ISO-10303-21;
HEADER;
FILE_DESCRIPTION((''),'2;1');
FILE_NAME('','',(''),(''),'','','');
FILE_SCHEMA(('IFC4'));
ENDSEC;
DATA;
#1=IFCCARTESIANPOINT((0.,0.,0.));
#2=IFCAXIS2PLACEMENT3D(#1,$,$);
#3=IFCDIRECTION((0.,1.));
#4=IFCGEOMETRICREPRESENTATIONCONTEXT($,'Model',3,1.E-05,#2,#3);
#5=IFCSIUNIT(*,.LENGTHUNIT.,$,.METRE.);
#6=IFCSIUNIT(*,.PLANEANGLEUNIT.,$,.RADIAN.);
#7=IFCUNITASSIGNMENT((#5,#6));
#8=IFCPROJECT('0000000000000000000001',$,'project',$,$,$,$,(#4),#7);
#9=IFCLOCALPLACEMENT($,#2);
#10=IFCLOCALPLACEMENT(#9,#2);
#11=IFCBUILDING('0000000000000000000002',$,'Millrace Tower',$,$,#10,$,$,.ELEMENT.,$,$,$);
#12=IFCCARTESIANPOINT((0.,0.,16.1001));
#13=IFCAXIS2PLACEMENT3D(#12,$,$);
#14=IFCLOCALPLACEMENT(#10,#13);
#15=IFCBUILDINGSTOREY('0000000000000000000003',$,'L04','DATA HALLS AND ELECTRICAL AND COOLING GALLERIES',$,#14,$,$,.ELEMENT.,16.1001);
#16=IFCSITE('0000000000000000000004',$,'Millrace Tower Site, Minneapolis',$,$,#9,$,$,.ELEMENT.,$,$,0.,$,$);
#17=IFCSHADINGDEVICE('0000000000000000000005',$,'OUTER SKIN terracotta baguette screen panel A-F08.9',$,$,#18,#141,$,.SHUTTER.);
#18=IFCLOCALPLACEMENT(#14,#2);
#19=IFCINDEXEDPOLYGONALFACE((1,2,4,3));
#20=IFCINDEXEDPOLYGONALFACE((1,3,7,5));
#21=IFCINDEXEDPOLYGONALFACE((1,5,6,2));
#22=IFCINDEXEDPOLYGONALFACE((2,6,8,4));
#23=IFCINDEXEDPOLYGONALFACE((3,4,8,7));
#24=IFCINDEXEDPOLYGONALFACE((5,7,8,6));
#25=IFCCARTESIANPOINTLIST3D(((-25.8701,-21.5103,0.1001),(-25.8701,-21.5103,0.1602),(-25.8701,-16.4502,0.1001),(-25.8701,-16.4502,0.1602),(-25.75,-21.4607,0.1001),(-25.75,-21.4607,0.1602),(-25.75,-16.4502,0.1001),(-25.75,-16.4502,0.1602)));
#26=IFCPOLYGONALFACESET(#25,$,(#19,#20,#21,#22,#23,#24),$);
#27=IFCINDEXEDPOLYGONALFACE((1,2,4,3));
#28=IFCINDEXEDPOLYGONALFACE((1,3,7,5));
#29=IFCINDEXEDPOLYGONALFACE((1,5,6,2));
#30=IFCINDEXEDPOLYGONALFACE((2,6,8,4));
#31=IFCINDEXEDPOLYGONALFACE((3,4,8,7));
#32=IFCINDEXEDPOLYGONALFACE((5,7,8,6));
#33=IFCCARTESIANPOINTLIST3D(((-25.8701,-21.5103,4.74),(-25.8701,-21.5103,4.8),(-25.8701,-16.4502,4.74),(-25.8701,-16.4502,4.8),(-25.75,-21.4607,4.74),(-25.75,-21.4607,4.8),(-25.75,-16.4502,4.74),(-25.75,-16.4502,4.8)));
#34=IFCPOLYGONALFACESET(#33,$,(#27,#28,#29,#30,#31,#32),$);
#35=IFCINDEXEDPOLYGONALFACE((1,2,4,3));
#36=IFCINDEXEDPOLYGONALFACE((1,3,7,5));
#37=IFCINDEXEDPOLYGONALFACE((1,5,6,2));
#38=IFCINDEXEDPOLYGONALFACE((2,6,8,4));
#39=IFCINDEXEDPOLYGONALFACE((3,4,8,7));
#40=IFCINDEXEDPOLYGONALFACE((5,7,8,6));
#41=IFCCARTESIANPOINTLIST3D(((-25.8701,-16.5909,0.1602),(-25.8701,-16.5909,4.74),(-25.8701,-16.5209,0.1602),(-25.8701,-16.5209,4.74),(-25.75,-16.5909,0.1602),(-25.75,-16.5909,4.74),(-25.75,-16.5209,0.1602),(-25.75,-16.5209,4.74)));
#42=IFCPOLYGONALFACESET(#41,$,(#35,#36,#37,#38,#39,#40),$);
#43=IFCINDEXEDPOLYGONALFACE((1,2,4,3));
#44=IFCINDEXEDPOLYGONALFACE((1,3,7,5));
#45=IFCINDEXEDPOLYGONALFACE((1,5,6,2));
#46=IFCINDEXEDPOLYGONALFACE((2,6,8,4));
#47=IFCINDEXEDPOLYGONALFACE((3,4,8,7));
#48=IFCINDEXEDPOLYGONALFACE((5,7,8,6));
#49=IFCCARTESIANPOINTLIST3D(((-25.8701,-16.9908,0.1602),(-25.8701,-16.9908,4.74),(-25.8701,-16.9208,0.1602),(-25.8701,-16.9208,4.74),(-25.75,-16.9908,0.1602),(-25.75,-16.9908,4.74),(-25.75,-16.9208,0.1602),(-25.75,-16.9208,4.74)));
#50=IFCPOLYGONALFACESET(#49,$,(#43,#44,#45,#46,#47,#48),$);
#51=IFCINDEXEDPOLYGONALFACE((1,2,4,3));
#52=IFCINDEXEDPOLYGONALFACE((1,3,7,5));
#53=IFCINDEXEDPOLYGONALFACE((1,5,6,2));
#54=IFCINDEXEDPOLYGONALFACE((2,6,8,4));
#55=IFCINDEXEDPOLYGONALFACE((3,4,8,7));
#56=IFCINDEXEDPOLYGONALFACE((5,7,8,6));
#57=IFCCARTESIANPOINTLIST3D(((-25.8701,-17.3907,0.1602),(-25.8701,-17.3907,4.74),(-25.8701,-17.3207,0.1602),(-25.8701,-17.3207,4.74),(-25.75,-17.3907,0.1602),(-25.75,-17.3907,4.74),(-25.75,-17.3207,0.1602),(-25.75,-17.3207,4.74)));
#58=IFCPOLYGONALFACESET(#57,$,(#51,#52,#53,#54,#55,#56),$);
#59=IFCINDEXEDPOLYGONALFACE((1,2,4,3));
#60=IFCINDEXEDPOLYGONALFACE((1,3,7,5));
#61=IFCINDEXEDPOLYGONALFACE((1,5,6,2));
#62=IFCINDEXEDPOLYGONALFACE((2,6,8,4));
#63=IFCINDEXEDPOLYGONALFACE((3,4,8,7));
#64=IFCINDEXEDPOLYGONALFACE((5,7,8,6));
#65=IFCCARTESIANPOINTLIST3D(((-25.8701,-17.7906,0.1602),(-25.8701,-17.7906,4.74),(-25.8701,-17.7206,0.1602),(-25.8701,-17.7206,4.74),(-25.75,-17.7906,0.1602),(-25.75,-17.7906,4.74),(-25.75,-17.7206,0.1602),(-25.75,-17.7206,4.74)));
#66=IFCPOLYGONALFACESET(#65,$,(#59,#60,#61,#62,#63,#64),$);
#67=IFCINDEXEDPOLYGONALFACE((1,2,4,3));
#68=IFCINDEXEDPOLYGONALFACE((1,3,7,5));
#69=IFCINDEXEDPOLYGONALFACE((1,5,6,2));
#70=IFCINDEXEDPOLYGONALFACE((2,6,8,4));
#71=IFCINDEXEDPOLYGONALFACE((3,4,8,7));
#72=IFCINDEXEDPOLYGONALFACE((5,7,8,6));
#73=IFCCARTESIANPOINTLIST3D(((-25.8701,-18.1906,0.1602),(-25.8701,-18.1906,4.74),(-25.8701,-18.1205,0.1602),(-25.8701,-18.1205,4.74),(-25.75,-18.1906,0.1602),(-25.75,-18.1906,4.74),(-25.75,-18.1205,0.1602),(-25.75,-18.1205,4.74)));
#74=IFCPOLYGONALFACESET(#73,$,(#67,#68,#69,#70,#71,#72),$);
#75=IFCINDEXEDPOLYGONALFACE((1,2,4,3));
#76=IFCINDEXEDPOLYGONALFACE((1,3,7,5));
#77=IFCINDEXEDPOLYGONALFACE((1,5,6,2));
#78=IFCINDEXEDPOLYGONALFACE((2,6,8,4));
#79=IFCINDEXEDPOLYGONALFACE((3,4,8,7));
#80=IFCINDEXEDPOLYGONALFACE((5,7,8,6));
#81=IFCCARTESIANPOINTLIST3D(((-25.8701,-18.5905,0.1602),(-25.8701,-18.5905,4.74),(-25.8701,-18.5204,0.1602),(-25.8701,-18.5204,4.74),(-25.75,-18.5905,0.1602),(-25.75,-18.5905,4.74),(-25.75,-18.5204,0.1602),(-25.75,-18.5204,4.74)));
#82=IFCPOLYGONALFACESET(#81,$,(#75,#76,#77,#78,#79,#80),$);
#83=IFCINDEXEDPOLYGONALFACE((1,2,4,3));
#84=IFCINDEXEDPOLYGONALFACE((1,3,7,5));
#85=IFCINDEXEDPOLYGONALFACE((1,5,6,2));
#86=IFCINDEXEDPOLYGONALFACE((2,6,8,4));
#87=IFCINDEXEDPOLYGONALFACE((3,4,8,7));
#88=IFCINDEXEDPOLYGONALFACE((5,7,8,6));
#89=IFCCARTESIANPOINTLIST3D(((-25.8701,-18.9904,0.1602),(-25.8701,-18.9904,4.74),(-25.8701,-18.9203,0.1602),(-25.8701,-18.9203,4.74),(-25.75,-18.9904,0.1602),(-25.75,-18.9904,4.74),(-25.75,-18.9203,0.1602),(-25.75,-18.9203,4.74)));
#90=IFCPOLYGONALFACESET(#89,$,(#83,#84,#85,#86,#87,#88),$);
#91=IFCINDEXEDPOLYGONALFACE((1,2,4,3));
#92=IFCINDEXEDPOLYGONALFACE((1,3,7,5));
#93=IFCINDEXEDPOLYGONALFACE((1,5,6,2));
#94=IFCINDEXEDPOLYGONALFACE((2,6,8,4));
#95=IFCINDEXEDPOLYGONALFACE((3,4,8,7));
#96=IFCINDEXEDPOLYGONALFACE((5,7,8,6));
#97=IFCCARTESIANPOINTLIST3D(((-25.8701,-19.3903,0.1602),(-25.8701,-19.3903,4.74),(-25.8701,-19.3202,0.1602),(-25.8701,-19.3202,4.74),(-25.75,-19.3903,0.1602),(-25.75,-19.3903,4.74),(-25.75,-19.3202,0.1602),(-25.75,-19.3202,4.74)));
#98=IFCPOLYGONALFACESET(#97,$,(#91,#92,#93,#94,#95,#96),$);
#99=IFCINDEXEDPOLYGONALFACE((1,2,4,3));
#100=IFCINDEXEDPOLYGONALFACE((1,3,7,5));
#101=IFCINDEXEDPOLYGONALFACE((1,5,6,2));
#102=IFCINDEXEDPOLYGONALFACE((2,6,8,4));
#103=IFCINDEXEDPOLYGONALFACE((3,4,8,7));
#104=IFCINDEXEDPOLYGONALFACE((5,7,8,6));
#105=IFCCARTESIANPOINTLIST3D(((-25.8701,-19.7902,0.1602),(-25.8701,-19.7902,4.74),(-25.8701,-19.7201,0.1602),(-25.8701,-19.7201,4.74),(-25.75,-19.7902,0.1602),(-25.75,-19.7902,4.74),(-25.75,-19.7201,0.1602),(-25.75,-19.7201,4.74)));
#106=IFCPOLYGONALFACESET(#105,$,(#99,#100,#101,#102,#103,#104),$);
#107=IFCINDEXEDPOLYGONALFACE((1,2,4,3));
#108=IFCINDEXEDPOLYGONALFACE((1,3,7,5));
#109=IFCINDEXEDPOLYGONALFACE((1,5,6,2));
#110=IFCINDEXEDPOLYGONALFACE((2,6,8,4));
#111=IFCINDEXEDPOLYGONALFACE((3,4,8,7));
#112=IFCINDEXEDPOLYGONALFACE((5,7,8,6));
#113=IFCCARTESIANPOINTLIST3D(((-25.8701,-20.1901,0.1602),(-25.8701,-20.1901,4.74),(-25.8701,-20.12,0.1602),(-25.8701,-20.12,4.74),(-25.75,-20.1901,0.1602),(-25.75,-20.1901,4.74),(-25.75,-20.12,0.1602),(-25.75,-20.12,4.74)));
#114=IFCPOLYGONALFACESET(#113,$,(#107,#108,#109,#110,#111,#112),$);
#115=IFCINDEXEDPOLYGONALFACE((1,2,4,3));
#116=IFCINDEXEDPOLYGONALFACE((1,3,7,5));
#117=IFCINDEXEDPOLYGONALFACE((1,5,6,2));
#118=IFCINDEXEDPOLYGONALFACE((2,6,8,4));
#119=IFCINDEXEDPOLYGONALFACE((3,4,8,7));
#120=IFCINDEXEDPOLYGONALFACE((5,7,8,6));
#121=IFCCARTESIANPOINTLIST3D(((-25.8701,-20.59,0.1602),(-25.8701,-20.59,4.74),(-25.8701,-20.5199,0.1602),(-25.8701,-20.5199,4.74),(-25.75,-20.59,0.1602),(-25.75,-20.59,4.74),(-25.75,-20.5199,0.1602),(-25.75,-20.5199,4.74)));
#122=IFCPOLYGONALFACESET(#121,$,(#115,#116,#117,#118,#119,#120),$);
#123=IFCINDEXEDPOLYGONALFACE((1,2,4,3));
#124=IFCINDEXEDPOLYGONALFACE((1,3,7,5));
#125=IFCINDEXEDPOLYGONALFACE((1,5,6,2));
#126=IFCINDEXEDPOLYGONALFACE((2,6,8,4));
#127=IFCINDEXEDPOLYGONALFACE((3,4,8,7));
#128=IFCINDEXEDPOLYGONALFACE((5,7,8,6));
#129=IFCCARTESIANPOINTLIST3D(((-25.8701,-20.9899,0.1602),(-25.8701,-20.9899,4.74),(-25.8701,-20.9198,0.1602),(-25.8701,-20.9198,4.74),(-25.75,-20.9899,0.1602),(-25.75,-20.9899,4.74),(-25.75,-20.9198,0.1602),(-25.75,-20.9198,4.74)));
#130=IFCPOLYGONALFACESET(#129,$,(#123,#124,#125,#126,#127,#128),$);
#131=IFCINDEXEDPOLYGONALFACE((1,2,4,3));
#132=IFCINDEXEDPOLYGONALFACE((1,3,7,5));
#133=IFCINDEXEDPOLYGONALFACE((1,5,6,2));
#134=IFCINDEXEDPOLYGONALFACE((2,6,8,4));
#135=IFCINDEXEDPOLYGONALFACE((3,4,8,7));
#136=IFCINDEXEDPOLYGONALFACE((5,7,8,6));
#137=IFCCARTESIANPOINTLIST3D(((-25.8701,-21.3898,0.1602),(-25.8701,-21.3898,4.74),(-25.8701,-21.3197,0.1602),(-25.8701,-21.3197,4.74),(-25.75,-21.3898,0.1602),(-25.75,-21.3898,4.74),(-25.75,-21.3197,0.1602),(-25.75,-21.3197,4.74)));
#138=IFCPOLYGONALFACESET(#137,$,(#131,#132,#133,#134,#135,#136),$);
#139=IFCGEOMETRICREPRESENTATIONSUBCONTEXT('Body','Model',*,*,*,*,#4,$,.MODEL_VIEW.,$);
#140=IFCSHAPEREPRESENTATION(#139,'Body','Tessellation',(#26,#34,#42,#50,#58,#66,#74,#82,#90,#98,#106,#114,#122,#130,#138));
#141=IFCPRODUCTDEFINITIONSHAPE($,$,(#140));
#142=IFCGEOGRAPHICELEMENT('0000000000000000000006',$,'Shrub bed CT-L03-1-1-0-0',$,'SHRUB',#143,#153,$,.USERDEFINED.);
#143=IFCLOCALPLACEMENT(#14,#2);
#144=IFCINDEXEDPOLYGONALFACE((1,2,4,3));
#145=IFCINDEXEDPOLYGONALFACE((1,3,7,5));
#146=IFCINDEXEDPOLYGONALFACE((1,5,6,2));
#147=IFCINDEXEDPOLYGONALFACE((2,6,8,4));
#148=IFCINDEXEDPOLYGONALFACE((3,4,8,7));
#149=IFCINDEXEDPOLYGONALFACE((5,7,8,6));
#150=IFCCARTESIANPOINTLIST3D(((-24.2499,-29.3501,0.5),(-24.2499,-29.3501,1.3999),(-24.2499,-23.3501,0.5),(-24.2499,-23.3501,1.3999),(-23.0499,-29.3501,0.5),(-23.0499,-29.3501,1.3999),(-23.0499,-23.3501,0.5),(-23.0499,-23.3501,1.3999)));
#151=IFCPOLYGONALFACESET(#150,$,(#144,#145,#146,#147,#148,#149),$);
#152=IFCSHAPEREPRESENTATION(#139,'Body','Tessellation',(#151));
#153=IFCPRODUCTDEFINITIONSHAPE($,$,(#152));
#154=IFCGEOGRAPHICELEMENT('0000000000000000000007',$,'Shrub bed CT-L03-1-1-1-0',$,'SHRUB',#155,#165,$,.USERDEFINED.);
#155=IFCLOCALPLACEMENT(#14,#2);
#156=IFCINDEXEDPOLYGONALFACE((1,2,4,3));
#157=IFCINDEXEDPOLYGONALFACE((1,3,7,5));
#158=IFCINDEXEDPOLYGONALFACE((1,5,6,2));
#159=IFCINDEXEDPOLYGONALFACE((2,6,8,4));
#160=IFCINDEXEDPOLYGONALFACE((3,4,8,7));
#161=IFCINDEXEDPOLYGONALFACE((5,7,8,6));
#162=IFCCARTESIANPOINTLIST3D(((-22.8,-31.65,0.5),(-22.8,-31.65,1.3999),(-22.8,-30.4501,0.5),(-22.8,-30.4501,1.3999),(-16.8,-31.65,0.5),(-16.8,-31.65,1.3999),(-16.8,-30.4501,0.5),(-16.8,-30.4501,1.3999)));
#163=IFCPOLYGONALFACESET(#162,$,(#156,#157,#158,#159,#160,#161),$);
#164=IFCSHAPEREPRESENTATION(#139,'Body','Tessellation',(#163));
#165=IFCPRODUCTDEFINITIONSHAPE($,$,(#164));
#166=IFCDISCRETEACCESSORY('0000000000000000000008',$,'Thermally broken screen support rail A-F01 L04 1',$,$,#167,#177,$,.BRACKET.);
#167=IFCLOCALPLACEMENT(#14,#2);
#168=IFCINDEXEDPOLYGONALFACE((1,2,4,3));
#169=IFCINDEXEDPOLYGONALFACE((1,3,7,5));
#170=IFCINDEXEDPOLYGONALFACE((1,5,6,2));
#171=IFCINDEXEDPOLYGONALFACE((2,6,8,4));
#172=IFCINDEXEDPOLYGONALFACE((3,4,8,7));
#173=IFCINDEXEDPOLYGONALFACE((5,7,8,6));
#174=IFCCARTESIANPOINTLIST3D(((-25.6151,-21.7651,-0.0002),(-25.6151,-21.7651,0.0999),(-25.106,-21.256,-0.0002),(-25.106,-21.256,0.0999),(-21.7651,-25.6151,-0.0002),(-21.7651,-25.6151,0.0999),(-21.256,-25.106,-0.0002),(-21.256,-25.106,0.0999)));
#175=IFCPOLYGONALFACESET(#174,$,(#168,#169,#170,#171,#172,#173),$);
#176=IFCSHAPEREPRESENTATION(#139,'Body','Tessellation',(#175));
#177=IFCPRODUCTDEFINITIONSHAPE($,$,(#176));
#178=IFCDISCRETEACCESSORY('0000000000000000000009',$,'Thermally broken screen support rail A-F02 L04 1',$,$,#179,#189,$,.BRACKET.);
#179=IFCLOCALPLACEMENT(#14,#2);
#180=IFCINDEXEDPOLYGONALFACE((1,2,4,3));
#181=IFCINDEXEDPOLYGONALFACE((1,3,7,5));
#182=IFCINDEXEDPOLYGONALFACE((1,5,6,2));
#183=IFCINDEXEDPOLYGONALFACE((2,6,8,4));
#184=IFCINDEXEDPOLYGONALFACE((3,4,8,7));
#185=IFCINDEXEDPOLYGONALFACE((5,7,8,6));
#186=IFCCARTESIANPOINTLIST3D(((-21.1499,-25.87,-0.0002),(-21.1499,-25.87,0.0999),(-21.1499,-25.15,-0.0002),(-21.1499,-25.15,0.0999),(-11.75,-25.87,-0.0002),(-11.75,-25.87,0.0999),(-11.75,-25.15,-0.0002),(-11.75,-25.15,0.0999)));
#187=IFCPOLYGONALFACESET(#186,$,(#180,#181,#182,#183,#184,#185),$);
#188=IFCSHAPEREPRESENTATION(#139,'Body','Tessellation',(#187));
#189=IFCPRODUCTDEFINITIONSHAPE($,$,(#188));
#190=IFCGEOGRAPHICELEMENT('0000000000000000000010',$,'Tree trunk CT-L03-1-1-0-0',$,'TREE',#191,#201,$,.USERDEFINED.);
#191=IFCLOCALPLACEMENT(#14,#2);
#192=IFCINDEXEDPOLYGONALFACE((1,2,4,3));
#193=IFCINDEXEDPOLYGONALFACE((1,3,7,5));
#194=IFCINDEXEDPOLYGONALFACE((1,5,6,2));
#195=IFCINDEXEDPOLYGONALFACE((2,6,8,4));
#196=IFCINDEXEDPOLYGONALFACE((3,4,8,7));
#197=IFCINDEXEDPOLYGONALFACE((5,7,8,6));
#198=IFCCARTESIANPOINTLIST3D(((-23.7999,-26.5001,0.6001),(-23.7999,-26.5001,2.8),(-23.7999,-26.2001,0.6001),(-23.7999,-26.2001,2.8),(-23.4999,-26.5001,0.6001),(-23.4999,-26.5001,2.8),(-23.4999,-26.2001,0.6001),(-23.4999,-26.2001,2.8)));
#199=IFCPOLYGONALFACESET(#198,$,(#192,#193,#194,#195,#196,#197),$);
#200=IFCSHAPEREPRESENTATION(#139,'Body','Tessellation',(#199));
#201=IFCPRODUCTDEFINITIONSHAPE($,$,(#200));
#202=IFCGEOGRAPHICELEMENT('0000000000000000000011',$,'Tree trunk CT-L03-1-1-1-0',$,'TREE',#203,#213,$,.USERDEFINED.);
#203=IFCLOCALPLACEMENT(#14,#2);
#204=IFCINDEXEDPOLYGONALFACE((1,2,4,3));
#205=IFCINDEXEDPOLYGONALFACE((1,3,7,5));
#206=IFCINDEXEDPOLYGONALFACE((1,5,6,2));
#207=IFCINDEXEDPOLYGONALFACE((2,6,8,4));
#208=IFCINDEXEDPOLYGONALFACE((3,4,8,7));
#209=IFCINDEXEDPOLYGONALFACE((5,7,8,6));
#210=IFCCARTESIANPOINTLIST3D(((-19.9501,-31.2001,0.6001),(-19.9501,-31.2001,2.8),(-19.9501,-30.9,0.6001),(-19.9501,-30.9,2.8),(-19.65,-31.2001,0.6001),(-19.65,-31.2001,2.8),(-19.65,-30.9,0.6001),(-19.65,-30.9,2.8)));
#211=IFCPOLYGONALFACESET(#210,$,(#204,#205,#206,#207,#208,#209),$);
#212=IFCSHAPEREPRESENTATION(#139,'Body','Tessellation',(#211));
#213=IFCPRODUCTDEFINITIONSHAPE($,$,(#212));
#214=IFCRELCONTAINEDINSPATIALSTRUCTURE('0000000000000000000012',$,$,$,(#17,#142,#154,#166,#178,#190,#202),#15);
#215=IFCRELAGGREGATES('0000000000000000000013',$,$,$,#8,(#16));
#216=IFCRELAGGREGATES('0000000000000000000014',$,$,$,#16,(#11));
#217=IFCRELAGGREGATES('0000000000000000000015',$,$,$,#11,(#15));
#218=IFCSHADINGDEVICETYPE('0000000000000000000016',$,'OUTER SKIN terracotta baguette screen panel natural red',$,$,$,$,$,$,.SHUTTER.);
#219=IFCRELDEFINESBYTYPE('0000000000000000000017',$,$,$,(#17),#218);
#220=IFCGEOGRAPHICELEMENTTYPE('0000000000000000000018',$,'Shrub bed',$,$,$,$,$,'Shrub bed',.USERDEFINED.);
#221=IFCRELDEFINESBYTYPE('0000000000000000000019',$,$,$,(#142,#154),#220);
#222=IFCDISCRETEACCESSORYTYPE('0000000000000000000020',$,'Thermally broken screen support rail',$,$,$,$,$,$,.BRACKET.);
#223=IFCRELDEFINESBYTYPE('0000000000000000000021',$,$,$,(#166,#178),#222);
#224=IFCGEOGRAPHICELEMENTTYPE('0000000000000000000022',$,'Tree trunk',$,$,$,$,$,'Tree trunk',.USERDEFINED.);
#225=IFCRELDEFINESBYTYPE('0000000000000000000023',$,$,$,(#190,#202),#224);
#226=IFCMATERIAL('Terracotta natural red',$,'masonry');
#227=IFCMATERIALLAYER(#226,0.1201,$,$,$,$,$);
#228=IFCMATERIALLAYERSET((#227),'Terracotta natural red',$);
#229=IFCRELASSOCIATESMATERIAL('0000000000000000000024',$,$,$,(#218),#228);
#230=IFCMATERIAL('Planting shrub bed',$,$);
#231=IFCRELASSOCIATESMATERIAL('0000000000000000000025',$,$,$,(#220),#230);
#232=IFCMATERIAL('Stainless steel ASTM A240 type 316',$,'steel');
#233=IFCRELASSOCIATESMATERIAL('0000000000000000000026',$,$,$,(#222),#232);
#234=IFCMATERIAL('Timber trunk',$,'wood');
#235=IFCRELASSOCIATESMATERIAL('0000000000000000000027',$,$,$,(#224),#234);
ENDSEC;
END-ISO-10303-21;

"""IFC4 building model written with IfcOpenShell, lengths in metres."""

from ifc_helpers import new_model, entity, si_unit, direction, frame, frame_2d, origin, origin_2d, place, context, subcontext, project, spatial, rectangle, extrude, source, transform, mapped, material, layer, layer_set, type_object, element, save


model = new_model("IFC4")

# Units and contexts
model_context = context("Model", 3, precision=1e-05, world=origin(), true_north=direction((0.0, 1.0)))
body_context = subcontext(model_context, "Body", "Model", "MODEL_VIEW")
ifc_project = project(units=[si_unit("LENGTHUNIT", "METRE"), si_unit("PLANEANGLEUNIT", "RADIAN")], contexts=[model_context])

# Site, building, storey
site_placement = place(None, origin())
site = spatial("IfcSite", under=ifc_project, at=site_placement, Name="Millrace Tower Site, Minneapolis", CompositionType="ELEMENT", RefElevation=0.0)
building_placement = place(site_placement, origin())
building = spatial("IfcBuilding", under=site, at=building_placement, Name="Millrace Tower", CompositionType="ELEMENT")
storey_placement = place(building_placement, frame((0.0, 0.0, 16.1001)))
storey = spatial("IfcBuildingStorey", under=building, at=storey_placement, Name="L04", Description="DATA HALLS AND ELECTRICAL AND COOLING GALLERIES", CompositionType="ELEMENT", Elevation=16.1001)

# Shading device
ifc_material_1 = material(Name="Terracotta natural red", Category="masonry")
ifc_layer_1 = layer(ifc_material_1, 0.1201)
ifc_layer_set_1 = layer_set([ifc_layer_1], Name="Terracotta natural red")
shading_device_type = type_object("IfcShadingDeviceType", Name="OUTER SKIN terracotta baguette screen panel natural red", PredefinedType="SHUTTER", material=ifc_layer_set_1)
cartesian_point_1 = entity("IfcCartesianPoint", [-2.5176, 0.0601])
shared_polyline_1 = entity("IfcPolyline", [cartesian_point_1, entity("IfcCartesianPoint", [2.4929, 0.0601]), entity("IfcCartesianPoint", [2.5425, -0.0601]), entity("IfcCartesianPoint", [-2.5176, -0.0601]), cartesian_point_1])
shared_shape_1 = source(origin(), body_context, "Body", "SweptSolid", [
    entity("IfcExtrudedAreaSolid", entity("IfcArbitraryClosedProfileDef", "AREA", None, shared_polyline_1), entity("IfcAxis2Placement3D", entity("IfcCartesianPoint", [0.0, 0.0, 0.0])), entity("IfcDirection", [0.0, 0.0, 1.0]), 0.0601),
    entity("IfcExtrudedAreaSolid", entity("IfcArbitraryClosedProfileDef", "AREA", None, shared_polyline_1), entity("IfcAxis2Placement3D", entity("IfcCartesianPoint", [0.0, 0.0, 4.6399])), entity("IfcDirection", [0.0, 0.0, 1.0]), 0.0601),
    extrude(rectangle(XDim=0.0701, YDim=0.1201, at=frame_2d((-2.4119, 0.0))), frame((0.0, 0.0, 0.0601)), (0.0, 0.0, 1.0), 4.5798),
    extrude(rectangle(XDim=0.0701, YDim=0.1201, at=frame_2d((-2.012, 0.0))), frame((0.0, 0.0, 0.0601)), (0.0, 0.0, 1.0), 4.5798),
    extrude(rectangle(XDim=0.0701, YDim=0.1201, at=frame_2d((-1.6121, 0.0))), frame((0.0, 0.0, 0.0601)), (0.0, 0.0, 1.0), 4.5798),
    extrude(rectangle(XDim=0.0701, YDim=0.1201, at=frame_2d((-1.2122, 0.0))), frame((0.0, 0.0, 0.0601)), (0.0, 0.0, 1.0), 4.5798),
    extrude(rectangle(XDim=0.0701, YDim=0.1201, at=frame_2d((-0.8123, 0.0))), frame((0.0, 0.0, 0.0601)), (0.0, 0.0, 1.0), 4.5798),
    extrude(rectangle(XDim=0.0701, YDim=0.1201, at=frame_2d((-0.4124, 0.0))), frame((0.0, 0.0, 0.0601)), (0.0, 0.0, 1.0), 4.5798),
    extrude(rectangle(XDim=0.0701, YDim=0.1201, at=frame_2d((-0.0125, 0.0))), frame((0.0, 0.0, 0.0601)), (0.0, 0.0, 1.0), 4.5798),
    extrude(rectangle(XDim=0.0701, YDim=0.1201, at=frame_2d((0.3875, 0.0))), frame((0.0, 0.0, 0.0601)), (0.0, 0.0, 1.0), 4.5798),
    extrude(rectangle(XDim=0.0701, YDim=0.1201, at=frame_2d((0.7874, 0.0))), frame((0.0, 0.0, 0.0601)), (0.0, 0.0, 1.0), 4.5798),
    extrude(rectangle(XDim=0.0701, YDim=0.1201, at=frame_2d((1.1873, 0.0))), frame((0.0, 0.0, 0.0601)), (0.0, 0.0, 1.0), 4.5798),
    extrude(rectangle(XDim=0.0701, YDim=0.1201, at=frame_2d((1.5872, 0.0))), frame((0.0, 0.0, 0.0601)), (0.0, 0.0, 1.0), 4.5798),
    extrude(rectangle(XDim=0.0701, YDim=0.1201, at=frame_2d((1.9871, 0.0))), frame((0.0, 0.0, 0.0601)), (0.0, 0.0, 1.0), 4.5798),
    extrude(rectangle(XDim=0.0701, YDim=0.1201, at=frame_2d((2.387, 0.0))), frame((0.0, 0.0, 0.0601)), (0.0, 0.0, 1.0), 4.5798),
])
shading_device_1_placement = place(storey_placement, frame((-25.8101, -18.9678, 0.1001), z_axis=(0.0, 0.0, 1.0), x_axis=(0.0, -1.0, 0.0)))
element("IfcShadingDevice", 1, at=shading_device_1_placement, inside=storey, type_object=shading_device_type, Name="OUTER SKIN terracotta baguette screen panel A-F08.9", PredefinedType="SHUTTER", context=body_context, shape_type="MappedRepresentation", body=[
    mapped(shared_shape_1, transform((0.0, 0.0, 0.0), scale=1.0)),
])

# Geographic elements
ifc_material_2 = material(Name="Planting shrub bed")
geographic_element_type_1 = type_object("IfcGeographicElementType", Name="Shrub bed", ElementType="Shrub bed", PredefinedType="USERDEFINED", material=ifc_material_2)
for number, where, z_axis, x_axis, name in (
    (2, (-23.6499, -26.3501, 0.5), (0.0, 0.0, 1.0), (0.0, -1.0, 0.0), "Shrub bed CT-L03-1-1-0-0"),
    (3, (-19.8, -31.05, 0.5), (0.0, 0.0, 1.0), (1.0, 0.0, 0.0), "Shrub bed CT-L03-1-1-1-0"),
):
    element("IfcGeographicElement", number, at=place(storey_placement, frame(where, z_axis=z_axis, x_axis=x_axis)), inside=storey, type_object=geographic_element_type_1, Name=name, ObjectType="SHRUB", PredefinedType="USERDEFINED", context=body_context, shape_type="SweptSolid", body=[
        extrude(rectangle(XDim=6.0, YDim=1.2, at=origin_2d()), origin(), (0.0, 0.0, 1.0), 0.8999),
    ])

# Discrete accessories
ifc_material_3 = material(Name="Stainless steel ASTM A240 type 316", Category="steel")
discrete_accessory_type = type_object("IfcDiscreteAccessoryType", Name="Thermally broken screen support rail", PredefinedType="BRACKET", material=ifc_material_3)
discrete_accessory_1_placement = place(storey_placement, frame((-23.4355, -23.4355, -0.0002), z_axis=(0.0, 0.0, 1.0), x_axis=(0.707107, -0.707107, 0.0)))
element("IfcDiscreteAccessory", 4, at=discrete_accessory_1_placement, inside=storey, type_object=discrete_accessory_type, Name="Thermally broken screen support rail A-F01 L04 1", PredefinedType="BRACKET", context=body_context, shape_type="SweptSolid", body=[
    extrude(rectangle(XDim=5.4448, YDim=0.72, at=origin_2d()), origin(), (0.0, 0.0, 1.0), 0.1001),
])
discrete_accessory_2_placement = place(storey_placement, frame((-16.45, -25.51, -0.0002), z_axis=(0.0, 0.0, 1.0), x_axis=(1.0, 0.0, 0.0)))
element("IfcDiscreteAccessory", 5, at=discrete_accessory_2_placement, inside=storey, type_object=discrete_accessory_type, Name="Thermally broken screen support rail A-F02 L04 1", PredefinedType="BRACKET", context=body_context, shape_type="SweptSolid", body=[
    extrude(rectangle(XDim=9.3999, YDim=0.72, at=origin_2d()), origin(), (0.0, 0.0, 1.0), 0.1001),
])

# Geographic elements
ifc_material_4 = material(Name="Timber trunk", Category="wood")
geographic_element_type_2 = type_object("IfcGeographicElementType", Name="Tree trunk", ElementType="Tree trunk", PredefinedType="USERDEFINED", material=ifc_material_4)
for number, where, z_axis, x_axis, name in (
    (6, (-23.6499, -26.3501, 0.6001), (0.0, 0.0, 1.0), (1.0, 0.0, 0.0), "Tree trunk CT-L03-1-1-0-0"),
    (7, (-19.8, -31.05, 0.6001), (0.0, 0.0, 1.0), (1.0, 0.0, 0.0), "Tree trunk CT-L03-1-1-1-0"),
):
    element("IfcGeographicElement", number, at=place(storey_placement, frame(where, z_axis=z_axis, x_axis=x_axis)), inside=storey, type_object=geographic_element_type_2, Name=name, ObjectType="TREE", PredefinedType="USERDEFINED", context=body_context, shape_type="SweptSolid", body=[
        extrude(rectangle(XDim=0.3, YDim=0.3, at=origin_2d()), origin(), (0.0, 0.0, 1.0), 2.2),
    ])

save(model, "model.ifc")
